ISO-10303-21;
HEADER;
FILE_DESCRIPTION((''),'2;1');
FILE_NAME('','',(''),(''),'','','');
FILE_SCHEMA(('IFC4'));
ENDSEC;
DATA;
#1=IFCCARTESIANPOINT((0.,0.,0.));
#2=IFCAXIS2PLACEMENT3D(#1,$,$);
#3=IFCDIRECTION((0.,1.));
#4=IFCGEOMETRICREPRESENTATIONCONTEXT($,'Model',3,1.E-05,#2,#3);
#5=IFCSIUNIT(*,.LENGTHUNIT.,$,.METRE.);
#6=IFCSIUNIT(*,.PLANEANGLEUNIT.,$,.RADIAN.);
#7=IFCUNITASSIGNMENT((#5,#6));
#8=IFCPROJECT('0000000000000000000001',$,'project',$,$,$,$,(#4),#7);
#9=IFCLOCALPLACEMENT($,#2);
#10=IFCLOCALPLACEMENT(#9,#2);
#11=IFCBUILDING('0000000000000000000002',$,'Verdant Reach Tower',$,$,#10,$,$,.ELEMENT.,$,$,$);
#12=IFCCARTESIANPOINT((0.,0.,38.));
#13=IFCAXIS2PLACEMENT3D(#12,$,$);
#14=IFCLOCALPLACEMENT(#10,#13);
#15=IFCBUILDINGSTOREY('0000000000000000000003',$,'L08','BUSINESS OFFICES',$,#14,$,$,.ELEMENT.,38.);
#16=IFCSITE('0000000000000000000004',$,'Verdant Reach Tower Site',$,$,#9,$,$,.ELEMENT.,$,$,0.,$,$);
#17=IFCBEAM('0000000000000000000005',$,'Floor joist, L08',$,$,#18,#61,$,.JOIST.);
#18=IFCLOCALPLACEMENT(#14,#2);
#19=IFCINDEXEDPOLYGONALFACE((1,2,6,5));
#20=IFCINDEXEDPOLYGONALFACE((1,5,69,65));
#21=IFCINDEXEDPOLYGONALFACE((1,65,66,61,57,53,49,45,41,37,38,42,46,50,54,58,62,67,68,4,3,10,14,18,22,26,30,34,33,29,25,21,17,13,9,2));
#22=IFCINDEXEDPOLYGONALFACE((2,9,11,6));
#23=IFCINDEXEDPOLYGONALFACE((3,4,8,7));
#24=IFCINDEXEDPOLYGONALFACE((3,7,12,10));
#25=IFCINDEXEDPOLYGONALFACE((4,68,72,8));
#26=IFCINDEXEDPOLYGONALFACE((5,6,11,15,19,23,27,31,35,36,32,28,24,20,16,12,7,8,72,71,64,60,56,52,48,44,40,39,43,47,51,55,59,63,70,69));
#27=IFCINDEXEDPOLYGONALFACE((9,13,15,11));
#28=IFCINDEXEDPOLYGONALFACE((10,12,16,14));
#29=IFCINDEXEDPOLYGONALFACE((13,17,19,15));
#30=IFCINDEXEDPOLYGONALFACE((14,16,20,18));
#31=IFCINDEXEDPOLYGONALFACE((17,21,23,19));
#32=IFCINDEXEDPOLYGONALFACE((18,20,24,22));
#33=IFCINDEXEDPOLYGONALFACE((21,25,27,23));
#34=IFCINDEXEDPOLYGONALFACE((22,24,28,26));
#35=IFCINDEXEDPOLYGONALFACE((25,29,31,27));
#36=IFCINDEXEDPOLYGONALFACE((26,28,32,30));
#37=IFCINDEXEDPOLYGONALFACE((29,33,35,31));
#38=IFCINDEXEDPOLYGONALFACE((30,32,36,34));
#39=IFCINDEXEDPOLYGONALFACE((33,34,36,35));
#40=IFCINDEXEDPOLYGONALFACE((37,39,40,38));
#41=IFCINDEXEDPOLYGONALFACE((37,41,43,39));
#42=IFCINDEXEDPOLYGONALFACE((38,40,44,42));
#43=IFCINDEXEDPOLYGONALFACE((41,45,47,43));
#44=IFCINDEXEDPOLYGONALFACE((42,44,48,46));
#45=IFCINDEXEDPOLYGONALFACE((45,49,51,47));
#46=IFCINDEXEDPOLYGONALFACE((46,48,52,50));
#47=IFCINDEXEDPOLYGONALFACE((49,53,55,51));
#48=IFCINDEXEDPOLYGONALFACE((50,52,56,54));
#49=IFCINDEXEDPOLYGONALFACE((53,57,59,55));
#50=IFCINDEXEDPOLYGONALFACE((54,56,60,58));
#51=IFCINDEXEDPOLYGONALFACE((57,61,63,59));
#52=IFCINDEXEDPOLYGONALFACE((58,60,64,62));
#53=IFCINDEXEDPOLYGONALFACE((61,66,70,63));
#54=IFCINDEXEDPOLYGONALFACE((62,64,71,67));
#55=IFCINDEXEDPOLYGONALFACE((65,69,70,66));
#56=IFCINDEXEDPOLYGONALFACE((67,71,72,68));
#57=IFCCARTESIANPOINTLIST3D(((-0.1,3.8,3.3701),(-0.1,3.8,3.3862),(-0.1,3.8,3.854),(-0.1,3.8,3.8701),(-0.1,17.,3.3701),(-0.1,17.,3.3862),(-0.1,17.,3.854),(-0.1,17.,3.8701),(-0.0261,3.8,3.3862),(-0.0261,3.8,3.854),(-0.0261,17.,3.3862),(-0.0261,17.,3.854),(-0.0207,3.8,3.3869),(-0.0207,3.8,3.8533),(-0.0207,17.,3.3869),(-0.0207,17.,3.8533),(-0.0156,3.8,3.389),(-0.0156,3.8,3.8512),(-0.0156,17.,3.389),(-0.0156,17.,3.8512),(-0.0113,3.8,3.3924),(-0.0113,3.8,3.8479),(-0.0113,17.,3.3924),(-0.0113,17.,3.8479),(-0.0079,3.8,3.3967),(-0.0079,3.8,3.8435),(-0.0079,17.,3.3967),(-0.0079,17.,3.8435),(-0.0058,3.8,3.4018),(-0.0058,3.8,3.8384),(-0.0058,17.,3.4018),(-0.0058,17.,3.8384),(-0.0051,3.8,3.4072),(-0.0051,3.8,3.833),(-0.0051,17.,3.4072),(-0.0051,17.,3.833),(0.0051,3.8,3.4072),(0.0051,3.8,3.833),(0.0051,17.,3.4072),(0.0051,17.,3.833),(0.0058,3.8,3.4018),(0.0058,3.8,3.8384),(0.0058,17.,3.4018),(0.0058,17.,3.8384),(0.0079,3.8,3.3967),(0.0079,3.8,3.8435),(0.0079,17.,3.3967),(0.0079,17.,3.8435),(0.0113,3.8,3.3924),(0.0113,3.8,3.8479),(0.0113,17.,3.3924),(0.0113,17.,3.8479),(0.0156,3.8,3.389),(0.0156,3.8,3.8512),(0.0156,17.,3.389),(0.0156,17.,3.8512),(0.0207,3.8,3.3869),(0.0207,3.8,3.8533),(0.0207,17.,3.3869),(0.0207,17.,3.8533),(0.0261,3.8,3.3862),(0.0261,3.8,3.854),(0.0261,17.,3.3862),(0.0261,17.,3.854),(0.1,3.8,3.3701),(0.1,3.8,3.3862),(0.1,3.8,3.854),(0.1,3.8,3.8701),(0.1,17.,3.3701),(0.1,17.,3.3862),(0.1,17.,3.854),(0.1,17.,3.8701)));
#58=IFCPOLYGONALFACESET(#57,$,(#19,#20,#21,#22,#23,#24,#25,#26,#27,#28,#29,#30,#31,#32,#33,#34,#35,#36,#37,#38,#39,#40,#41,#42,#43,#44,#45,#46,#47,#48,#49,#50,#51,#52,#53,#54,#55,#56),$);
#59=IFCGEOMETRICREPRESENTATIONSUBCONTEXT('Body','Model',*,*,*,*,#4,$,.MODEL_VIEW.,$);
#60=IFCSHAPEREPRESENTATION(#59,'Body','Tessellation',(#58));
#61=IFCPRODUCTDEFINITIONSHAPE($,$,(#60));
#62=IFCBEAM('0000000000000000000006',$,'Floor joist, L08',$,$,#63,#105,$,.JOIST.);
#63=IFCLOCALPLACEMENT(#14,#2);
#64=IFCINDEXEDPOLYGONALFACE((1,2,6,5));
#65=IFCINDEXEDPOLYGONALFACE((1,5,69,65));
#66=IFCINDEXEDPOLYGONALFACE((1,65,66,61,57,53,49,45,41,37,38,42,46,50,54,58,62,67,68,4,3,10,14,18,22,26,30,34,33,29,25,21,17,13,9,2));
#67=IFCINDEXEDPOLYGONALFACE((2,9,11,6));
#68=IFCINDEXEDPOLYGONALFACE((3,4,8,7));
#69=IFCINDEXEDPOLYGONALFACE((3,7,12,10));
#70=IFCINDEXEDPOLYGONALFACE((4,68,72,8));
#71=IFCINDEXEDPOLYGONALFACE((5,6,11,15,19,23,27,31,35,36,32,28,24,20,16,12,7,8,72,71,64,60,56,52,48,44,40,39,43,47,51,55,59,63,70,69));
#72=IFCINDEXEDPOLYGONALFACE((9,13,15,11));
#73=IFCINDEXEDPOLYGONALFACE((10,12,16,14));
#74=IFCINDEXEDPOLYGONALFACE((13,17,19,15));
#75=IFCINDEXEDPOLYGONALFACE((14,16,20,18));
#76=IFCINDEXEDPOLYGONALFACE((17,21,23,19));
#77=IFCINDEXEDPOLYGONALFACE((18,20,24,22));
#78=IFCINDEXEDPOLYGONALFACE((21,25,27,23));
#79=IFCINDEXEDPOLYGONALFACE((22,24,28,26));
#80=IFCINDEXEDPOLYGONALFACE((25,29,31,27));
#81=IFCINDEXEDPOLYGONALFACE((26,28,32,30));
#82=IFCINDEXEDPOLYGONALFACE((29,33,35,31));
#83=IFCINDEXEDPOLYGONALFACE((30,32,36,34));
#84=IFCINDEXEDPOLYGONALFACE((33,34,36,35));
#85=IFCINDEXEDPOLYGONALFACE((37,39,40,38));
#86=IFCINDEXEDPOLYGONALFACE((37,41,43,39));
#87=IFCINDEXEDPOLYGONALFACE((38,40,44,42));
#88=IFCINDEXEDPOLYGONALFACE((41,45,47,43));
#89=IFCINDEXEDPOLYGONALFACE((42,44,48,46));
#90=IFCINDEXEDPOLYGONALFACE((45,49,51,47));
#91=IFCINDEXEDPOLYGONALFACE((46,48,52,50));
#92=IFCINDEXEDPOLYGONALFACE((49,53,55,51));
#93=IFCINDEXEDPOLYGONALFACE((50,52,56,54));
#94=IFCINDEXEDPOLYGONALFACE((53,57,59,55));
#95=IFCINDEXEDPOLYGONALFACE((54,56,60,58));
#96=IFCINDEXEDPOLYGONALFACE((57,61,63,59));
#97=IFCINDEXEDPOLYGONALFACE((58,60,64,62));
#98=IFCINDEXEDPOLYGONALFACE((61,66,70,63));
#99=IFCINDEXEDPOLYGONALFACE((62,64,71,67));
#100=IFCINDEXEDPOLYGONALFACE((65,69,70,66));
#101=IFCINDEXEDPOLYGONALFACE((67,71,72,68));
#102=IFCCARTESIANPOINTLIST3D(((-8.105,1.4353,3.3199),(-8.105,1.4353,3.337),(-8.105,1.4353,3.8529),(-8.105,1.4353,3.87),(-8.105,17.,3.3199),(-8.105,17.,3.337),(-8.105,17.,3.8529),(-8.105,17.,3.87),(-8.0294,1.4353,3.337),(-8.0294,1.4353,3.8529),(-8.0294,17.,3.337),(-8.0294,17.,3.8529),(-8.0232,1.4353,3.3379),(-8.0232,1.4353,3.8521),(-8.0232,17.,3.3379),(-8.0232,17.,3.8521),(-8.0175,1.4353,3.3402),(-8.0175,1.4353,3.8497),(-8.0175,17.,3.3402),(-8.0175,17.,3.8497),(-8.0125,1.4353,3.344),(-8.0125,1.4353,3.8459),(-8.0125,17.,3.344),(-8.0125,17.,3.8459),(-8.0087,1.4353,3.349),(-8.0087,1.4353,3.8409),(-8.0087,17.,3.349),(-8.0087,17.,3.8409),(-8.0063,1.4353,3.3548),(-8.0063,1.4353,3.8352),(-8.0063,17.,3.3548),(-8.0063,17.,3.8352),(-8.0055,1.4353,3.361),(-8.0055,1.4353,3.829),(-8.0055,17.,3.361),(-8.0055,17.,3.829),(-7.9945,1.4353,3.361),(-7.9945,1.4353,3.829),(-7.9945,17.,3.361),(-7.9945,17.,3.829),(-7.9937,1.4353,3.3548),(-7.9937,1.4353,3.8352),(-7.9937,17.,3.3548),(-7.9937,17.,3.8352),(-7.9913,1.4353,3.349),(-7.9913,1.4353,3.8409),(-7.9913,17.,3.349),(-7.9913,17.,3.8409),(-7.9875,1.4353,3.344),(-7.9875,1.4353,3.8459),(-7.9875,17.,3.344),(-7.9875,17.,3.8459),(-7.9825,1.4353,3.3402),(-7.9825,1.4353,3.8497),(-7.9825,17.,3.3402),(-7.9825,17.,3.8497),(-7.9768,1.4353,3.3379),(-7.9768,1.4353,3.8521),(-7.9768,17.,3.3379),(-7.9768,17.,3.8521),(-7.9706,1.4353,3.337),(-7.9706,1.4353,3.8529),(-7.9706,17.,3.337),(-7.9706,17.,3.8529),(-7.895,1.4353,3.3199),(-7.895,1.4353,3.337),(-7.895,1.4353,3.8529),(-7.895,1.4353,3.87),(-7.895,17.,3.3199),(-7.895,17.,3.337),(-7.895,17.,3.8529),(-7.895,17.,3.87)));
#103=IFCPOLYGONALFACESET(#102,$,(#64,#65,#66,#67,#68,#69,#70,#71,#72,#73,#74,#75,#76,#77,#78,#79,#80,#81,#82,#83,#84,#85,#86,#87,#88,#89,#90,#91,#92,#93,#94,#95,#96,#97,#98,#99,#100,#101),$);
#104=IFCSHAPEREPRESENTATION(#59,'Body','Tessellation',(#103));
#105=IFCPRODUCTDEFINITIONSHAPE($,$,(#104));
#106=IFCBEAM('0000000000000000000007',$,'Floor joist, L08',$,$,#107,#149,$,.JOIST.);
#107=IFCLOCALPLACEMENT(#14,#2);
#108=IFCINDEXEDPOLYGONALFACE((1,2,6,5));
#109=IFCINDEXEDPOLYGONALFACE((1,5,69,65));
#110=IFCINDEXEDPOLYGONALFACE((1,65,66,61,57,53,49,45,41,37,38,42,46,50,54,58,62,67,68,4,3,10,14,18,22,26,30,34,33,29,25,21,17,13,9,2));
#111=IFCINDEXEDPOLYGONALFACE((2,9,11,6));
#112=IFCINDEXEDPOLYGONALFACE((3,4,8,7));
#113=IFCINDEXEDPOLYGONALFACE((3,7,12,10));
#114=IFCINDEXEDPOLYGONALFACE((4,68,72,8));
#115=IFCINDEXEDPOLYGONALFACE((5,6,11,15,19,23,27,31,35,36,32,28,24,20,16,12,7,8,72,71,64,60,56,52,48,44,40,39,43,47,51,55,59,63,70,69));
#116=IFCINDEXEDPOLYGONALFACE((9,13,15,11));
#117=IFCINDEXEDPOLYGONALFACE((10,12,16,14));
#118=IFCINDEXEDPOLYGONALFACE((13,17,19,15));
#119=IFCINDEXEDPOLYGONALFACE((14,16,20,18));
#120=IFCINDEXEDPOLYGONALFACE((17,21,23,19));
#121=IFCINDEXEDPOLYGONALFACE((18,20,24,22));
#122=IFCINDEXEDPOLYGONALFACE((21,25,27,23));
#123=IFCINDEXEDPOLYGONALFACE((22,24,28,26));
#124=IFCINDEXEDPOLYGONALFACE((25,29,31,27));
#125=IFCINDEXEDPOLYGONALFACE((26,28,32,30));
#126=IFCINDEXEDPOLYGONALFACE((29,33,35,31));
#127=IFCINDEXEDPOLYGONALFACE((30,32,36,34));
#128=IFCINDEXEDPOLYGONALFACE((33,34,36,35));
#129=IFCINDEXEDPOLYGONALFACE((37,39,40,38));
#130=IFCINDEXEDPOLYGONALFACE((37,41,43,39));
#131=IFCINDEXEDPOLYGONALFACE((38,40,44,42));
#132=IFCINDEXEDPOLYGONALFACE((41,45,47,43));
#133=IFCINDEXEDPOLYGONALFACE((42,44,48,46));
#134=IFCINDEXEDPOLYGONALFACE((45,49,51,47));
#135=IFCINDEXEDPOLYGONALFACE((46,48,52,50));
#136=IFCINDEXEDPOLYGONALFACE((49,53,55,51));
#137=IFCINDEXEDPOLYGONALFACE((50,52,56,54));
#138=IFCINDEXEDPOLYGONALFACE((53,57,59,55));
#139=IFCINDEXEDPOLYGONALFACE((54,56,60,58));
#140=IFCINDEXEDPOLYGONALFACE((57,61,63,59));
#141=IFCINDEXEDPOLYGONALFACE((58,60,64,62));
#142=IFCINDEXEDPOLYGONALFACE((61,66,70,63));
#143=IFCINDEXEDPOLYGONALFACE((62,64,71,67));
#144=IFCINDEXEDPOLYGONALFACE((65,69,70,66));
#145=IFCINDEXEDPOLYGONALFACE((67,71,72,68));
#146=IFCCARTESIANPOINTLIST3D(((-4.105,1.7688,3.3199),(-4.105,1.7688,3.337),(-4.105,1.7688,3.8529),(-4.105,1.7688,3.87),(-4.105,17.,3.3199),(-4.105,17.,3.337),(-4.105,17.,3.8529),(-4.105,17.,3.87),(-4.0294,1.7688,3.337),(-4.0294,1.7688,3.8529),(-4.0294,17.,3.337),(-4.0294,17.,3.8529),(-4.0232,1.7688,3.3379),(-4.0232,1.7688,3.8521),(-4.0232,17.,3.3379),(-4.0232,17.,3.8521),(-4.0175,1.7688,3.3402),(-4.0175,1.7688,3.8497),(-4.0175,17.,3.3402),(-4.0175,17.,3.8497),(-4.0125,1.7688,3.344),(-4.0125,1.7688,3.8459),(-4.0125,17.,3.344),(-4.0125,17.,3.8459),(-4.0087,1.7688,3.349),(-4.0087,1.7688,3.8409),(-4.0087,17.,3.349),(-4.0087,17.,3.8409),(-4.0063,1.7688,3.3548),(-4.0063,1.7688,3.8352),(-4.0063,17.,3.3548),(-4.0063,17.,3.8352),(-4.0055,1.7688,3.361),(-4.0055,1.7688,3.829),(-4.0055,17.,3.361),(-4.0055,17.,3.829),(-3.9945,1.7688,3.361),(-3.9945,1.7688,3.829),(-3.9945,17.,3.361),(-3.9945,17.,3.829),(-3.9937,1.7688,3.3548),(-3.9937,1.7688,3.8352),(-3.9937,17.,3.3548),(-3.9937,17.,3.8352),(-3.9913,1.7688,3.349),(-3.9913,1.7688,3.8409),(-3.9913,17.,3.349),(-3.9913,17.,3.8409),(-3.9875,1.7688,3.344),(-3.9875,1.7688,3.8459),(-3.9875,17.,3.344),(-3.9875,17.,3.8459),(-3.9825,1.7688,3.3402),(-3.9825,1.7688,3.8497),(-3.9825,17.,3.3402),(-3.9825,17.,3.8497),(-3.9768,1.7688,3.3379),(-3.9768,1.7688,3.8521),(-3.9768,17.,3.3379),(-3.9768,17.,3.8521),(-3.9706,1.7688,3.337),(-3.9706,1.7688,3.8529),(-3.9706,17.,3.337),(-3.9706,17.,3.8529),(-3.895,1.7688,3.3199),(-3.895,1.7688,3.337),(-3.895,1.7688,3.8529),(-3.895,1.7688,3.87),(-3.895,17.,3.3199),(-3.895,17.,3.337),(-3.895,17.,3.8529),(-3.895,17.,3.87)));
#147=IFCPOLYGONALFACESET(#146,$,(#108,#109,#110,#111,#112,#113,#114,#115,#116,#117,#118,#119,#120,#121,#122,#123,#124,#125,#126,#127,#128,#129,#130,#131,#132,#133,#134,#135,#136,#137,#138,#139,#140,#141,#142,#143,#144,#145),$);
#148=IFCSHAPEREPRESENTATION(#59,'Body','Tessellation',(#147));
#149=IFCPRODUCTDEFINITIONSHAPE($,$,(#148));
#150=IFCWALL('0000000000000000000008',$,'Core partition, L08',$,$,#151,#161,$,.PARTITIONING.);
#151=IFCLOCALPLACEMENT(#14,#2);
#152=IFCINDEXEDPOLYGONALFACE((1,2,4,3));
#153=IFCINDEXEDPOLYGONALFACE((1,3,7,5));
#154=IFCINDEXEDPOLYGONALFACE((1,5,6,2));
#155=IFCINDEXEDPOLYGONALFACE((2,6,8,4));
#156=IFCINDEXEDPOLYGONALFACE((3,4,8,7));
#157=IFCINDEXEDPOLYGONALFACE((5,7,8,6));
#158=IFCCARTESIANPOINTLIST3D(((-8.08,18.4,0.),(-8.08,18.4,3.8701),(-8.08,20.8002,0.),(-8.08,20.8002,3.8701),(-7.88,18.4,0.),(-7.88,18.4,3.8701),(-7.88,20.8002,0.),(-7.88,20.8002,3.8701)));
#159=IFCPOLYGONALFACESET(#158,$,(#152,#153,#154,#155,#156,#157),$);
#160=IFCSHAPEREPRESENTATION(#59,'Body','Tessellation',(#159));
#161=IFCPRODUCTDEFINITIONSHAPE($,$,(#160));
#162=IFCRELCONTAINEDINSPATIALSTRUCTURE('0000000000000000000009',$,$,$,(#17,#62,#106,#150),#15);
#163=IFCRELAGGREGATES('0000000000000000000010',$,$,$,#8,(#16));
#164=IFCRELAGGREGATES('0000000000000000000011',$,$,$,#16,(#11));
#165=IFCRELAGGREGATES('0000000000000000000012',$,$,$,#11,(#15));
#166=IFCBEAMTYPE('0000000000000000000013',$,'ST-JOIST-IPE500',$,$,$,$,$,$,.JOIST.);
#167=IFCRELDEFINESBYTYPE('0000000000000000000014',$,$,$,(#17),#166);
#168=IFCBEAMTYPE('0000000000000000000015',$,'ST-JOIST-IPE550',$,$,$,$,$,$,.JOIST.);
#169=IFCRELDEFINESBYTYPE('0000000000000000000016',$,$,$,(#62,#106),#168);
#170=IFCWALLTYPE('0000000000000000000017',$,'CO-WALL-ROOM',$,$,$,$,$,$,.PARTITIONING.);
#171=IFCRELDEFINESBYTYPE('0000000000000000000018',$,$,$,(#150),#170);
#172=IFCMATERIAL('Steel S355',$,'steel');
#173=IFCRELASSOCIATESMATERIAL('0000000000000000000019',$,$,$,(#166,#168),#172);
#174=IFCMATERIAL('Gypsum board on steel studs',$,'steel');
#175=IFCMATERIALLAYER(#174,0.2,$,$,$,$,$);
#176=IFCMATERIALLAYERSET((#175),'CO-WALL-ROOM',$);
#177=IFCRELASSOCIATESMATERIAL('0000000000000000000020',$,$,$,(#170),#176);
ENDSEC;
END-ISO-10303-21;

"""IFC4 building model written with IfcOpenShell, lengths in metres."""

from ifc_helpers import new_model, si_unit, direction, frame, frame_2d, origin, origin_2d, place, context, subcontext, project, spatial, rectangle, i_section, extrude, material, layer, layer_set, material_profile, profile_set, type_object, element, save


model = new_model("IFC4")

# Units and contexts
model_context = context("Model", 3, precision=1e-05, world=origin(), true_north=direction((0.0, 1.0)))
body_context = subcontext(model_context, "Body", "Model", "MODEL_VIEW")
ifc_project = project(units=[si_unit("LENGTHUNIT", "METRE"), si_unit("PLANEANGLEUNIT", "RADIAN")], contexts=[model_context])

# Site, building, storey
site_placement = place(None, origin())
site = spatial("IfcSite", under=ifc_project, at=site_placement, Name="Verdant Reach Tower Site", CompositionType="ELEMENT", RefElevation=0.0)
building_placement = place(site_placement, origin())
building = spatial("IfcBuilding", under=site, at=building_placement, Name="Verdant Reach Tower", CompositionType="ELEMENT")
storey_placement = place(building_placement, frame((0.0, 0.0, 38.0)))
storey = spatial("IfcBuildingStorey", under=building, at=storey_placement, Name="L08", Description="BUSINESS OFFICES", CompositionType="ELEMENT", Elevation=38.0)

# Beams
ifc_material_1 = material(Name="Steel S355", Category="steel")
ifc_material_profile_1 = material_profile(ifc_material_1, i_section(OverallWidth=0.2, OverallDepth=0.5, WebThickness=0.0103, FlangeThickness=0.0161, FilletRadius=0.021, at=origin_2d()), Name="IPE 500")
ifc_profile_set_1 = profile_set([ifc_material_profile_1], Name="Steel S355")
beam_type_1 = type_object("IfcBeamType", Name="ST-JOIST-IPE500", PredefinedType="JOIST", material=ifc_profile_set_1)
beam_1_placement = place(storey_placement, frame((0.0, 17.0, 3.6201), z_axis=(0.0, -1.0, 0.0), x_axis=(1.0, 0.0, 0.0)))
element("IfcBeam", 1, at=beam_1_placement, inside=storey, type_object=beam_type_1, Name="Floor joist, L08", PredefinedType="JOIST", context=body_context, shape_type="SweptSolid", body=[
    extrude(i_section(OverallWidth=0.2, OverallDepth=0.5, WebThickness=0.0103, FlangeThickness=0.0161, FilletRadius=0.021, at=origin_2d()), origin(), (0.0, 0.0, 1.0), 13.2),
])
ifc_material_profile_2 = material_profile(ifc_material_1, i_section(OverallWidth=0.21, OverallDepth=0.55, WebThickness=0.011, FlangeThickness=0.0171, FilletRadius=0.0239, at=origin_2d()), Name="IPE 550")
ifc_profile_set_2 = profile_set([ifc_material_profile_2], Name="Steel S355")
beam_type_2 = type_object("IfcBeamType", Name="ST-JOIST-IPE550", PredefinedType="JOIST", material=ifc_profile_set_2)
beam_2_placement = place(storey_placement, frame((-8.0, 17.0, 3.595), z_axis=(0.0, -1.0, 0.0), x_axis=(1.0, 0.0, 0.0)))
element("IfcBeam", 2, at=beam_2_placement, inside=storey, type_object=beam_type_2, Name="Floor joist, L08", PredefinedType="JOIST", context=body_context, shape_type="SweptSolid", body=[
    extrude(i_section(OverallWidth=0.21, OverallDepth=0.55, WebThickness=0.011, FlangeThickness=0.0171, FilletRadius=0.0239, at=origin_2d()), origin(), (0.0, 0.0, 1.0), 15.5647),
])
beam_3_placement = place(storey_placement, frame((-4.0, 17.0, 3.595), z_axis=(0.0, -1.0, 0.0), x_axis=(1.0, 0.0, 0.0)))
element("IfcBeam", 3, at=beam_3_placement, inside=storey, type_object=beam_type_2, Name="Floor joist, L08", PredefinedType="JOIST", context=body_context, shape_type="SweptSolid", body=[
    extrude(i_section(OverallWidth=0.21, OverallDepth=0.55, WebThickness=0.011, FlangeThickness=0.0171, FilletRadius=0.0239, at=origin_2d()), origin(), (0.0, 0.0, 1.0), 15.2312),
])

# Wall
ifc_material_2 = material(Name="Gypsum board on steel studs", Category="steel")
ifc_layer_1 = layer(ifc_material_2, 0.2)
ifc_layer_set_1 = layer_set([ifc_layer_1], Name="CO-WALL-ROOM")
wall_type_1 = type_object("IfcWallType", Name="CO-WALL-ROOM", PredefinedType="PARTITIONING", material=ifc_layer_set_1)
wall_1_placement = place(storey_placement, frame((-7.98, 18.3999, 0.0), z_axis=(0.0, 0.0, 1.0), x_axis=(0.0, 1.0, 0.0)))
element("IfcWall", 4, at=wall_1_placement, inside=storey, type_object=wall_type_1, Name="Core partition, L08", PredefinedType="PARTITIONING", context=body_context, shape_type="SweptSolid", body=[
    extrude(rectangle(XDim=2.4001, YDim=0.2, at=frame_2d((1.2002, 0.0))), origin(), (0.0, 0.0, 1.0), 3.8701),
])

save(model, "model.ifc")
